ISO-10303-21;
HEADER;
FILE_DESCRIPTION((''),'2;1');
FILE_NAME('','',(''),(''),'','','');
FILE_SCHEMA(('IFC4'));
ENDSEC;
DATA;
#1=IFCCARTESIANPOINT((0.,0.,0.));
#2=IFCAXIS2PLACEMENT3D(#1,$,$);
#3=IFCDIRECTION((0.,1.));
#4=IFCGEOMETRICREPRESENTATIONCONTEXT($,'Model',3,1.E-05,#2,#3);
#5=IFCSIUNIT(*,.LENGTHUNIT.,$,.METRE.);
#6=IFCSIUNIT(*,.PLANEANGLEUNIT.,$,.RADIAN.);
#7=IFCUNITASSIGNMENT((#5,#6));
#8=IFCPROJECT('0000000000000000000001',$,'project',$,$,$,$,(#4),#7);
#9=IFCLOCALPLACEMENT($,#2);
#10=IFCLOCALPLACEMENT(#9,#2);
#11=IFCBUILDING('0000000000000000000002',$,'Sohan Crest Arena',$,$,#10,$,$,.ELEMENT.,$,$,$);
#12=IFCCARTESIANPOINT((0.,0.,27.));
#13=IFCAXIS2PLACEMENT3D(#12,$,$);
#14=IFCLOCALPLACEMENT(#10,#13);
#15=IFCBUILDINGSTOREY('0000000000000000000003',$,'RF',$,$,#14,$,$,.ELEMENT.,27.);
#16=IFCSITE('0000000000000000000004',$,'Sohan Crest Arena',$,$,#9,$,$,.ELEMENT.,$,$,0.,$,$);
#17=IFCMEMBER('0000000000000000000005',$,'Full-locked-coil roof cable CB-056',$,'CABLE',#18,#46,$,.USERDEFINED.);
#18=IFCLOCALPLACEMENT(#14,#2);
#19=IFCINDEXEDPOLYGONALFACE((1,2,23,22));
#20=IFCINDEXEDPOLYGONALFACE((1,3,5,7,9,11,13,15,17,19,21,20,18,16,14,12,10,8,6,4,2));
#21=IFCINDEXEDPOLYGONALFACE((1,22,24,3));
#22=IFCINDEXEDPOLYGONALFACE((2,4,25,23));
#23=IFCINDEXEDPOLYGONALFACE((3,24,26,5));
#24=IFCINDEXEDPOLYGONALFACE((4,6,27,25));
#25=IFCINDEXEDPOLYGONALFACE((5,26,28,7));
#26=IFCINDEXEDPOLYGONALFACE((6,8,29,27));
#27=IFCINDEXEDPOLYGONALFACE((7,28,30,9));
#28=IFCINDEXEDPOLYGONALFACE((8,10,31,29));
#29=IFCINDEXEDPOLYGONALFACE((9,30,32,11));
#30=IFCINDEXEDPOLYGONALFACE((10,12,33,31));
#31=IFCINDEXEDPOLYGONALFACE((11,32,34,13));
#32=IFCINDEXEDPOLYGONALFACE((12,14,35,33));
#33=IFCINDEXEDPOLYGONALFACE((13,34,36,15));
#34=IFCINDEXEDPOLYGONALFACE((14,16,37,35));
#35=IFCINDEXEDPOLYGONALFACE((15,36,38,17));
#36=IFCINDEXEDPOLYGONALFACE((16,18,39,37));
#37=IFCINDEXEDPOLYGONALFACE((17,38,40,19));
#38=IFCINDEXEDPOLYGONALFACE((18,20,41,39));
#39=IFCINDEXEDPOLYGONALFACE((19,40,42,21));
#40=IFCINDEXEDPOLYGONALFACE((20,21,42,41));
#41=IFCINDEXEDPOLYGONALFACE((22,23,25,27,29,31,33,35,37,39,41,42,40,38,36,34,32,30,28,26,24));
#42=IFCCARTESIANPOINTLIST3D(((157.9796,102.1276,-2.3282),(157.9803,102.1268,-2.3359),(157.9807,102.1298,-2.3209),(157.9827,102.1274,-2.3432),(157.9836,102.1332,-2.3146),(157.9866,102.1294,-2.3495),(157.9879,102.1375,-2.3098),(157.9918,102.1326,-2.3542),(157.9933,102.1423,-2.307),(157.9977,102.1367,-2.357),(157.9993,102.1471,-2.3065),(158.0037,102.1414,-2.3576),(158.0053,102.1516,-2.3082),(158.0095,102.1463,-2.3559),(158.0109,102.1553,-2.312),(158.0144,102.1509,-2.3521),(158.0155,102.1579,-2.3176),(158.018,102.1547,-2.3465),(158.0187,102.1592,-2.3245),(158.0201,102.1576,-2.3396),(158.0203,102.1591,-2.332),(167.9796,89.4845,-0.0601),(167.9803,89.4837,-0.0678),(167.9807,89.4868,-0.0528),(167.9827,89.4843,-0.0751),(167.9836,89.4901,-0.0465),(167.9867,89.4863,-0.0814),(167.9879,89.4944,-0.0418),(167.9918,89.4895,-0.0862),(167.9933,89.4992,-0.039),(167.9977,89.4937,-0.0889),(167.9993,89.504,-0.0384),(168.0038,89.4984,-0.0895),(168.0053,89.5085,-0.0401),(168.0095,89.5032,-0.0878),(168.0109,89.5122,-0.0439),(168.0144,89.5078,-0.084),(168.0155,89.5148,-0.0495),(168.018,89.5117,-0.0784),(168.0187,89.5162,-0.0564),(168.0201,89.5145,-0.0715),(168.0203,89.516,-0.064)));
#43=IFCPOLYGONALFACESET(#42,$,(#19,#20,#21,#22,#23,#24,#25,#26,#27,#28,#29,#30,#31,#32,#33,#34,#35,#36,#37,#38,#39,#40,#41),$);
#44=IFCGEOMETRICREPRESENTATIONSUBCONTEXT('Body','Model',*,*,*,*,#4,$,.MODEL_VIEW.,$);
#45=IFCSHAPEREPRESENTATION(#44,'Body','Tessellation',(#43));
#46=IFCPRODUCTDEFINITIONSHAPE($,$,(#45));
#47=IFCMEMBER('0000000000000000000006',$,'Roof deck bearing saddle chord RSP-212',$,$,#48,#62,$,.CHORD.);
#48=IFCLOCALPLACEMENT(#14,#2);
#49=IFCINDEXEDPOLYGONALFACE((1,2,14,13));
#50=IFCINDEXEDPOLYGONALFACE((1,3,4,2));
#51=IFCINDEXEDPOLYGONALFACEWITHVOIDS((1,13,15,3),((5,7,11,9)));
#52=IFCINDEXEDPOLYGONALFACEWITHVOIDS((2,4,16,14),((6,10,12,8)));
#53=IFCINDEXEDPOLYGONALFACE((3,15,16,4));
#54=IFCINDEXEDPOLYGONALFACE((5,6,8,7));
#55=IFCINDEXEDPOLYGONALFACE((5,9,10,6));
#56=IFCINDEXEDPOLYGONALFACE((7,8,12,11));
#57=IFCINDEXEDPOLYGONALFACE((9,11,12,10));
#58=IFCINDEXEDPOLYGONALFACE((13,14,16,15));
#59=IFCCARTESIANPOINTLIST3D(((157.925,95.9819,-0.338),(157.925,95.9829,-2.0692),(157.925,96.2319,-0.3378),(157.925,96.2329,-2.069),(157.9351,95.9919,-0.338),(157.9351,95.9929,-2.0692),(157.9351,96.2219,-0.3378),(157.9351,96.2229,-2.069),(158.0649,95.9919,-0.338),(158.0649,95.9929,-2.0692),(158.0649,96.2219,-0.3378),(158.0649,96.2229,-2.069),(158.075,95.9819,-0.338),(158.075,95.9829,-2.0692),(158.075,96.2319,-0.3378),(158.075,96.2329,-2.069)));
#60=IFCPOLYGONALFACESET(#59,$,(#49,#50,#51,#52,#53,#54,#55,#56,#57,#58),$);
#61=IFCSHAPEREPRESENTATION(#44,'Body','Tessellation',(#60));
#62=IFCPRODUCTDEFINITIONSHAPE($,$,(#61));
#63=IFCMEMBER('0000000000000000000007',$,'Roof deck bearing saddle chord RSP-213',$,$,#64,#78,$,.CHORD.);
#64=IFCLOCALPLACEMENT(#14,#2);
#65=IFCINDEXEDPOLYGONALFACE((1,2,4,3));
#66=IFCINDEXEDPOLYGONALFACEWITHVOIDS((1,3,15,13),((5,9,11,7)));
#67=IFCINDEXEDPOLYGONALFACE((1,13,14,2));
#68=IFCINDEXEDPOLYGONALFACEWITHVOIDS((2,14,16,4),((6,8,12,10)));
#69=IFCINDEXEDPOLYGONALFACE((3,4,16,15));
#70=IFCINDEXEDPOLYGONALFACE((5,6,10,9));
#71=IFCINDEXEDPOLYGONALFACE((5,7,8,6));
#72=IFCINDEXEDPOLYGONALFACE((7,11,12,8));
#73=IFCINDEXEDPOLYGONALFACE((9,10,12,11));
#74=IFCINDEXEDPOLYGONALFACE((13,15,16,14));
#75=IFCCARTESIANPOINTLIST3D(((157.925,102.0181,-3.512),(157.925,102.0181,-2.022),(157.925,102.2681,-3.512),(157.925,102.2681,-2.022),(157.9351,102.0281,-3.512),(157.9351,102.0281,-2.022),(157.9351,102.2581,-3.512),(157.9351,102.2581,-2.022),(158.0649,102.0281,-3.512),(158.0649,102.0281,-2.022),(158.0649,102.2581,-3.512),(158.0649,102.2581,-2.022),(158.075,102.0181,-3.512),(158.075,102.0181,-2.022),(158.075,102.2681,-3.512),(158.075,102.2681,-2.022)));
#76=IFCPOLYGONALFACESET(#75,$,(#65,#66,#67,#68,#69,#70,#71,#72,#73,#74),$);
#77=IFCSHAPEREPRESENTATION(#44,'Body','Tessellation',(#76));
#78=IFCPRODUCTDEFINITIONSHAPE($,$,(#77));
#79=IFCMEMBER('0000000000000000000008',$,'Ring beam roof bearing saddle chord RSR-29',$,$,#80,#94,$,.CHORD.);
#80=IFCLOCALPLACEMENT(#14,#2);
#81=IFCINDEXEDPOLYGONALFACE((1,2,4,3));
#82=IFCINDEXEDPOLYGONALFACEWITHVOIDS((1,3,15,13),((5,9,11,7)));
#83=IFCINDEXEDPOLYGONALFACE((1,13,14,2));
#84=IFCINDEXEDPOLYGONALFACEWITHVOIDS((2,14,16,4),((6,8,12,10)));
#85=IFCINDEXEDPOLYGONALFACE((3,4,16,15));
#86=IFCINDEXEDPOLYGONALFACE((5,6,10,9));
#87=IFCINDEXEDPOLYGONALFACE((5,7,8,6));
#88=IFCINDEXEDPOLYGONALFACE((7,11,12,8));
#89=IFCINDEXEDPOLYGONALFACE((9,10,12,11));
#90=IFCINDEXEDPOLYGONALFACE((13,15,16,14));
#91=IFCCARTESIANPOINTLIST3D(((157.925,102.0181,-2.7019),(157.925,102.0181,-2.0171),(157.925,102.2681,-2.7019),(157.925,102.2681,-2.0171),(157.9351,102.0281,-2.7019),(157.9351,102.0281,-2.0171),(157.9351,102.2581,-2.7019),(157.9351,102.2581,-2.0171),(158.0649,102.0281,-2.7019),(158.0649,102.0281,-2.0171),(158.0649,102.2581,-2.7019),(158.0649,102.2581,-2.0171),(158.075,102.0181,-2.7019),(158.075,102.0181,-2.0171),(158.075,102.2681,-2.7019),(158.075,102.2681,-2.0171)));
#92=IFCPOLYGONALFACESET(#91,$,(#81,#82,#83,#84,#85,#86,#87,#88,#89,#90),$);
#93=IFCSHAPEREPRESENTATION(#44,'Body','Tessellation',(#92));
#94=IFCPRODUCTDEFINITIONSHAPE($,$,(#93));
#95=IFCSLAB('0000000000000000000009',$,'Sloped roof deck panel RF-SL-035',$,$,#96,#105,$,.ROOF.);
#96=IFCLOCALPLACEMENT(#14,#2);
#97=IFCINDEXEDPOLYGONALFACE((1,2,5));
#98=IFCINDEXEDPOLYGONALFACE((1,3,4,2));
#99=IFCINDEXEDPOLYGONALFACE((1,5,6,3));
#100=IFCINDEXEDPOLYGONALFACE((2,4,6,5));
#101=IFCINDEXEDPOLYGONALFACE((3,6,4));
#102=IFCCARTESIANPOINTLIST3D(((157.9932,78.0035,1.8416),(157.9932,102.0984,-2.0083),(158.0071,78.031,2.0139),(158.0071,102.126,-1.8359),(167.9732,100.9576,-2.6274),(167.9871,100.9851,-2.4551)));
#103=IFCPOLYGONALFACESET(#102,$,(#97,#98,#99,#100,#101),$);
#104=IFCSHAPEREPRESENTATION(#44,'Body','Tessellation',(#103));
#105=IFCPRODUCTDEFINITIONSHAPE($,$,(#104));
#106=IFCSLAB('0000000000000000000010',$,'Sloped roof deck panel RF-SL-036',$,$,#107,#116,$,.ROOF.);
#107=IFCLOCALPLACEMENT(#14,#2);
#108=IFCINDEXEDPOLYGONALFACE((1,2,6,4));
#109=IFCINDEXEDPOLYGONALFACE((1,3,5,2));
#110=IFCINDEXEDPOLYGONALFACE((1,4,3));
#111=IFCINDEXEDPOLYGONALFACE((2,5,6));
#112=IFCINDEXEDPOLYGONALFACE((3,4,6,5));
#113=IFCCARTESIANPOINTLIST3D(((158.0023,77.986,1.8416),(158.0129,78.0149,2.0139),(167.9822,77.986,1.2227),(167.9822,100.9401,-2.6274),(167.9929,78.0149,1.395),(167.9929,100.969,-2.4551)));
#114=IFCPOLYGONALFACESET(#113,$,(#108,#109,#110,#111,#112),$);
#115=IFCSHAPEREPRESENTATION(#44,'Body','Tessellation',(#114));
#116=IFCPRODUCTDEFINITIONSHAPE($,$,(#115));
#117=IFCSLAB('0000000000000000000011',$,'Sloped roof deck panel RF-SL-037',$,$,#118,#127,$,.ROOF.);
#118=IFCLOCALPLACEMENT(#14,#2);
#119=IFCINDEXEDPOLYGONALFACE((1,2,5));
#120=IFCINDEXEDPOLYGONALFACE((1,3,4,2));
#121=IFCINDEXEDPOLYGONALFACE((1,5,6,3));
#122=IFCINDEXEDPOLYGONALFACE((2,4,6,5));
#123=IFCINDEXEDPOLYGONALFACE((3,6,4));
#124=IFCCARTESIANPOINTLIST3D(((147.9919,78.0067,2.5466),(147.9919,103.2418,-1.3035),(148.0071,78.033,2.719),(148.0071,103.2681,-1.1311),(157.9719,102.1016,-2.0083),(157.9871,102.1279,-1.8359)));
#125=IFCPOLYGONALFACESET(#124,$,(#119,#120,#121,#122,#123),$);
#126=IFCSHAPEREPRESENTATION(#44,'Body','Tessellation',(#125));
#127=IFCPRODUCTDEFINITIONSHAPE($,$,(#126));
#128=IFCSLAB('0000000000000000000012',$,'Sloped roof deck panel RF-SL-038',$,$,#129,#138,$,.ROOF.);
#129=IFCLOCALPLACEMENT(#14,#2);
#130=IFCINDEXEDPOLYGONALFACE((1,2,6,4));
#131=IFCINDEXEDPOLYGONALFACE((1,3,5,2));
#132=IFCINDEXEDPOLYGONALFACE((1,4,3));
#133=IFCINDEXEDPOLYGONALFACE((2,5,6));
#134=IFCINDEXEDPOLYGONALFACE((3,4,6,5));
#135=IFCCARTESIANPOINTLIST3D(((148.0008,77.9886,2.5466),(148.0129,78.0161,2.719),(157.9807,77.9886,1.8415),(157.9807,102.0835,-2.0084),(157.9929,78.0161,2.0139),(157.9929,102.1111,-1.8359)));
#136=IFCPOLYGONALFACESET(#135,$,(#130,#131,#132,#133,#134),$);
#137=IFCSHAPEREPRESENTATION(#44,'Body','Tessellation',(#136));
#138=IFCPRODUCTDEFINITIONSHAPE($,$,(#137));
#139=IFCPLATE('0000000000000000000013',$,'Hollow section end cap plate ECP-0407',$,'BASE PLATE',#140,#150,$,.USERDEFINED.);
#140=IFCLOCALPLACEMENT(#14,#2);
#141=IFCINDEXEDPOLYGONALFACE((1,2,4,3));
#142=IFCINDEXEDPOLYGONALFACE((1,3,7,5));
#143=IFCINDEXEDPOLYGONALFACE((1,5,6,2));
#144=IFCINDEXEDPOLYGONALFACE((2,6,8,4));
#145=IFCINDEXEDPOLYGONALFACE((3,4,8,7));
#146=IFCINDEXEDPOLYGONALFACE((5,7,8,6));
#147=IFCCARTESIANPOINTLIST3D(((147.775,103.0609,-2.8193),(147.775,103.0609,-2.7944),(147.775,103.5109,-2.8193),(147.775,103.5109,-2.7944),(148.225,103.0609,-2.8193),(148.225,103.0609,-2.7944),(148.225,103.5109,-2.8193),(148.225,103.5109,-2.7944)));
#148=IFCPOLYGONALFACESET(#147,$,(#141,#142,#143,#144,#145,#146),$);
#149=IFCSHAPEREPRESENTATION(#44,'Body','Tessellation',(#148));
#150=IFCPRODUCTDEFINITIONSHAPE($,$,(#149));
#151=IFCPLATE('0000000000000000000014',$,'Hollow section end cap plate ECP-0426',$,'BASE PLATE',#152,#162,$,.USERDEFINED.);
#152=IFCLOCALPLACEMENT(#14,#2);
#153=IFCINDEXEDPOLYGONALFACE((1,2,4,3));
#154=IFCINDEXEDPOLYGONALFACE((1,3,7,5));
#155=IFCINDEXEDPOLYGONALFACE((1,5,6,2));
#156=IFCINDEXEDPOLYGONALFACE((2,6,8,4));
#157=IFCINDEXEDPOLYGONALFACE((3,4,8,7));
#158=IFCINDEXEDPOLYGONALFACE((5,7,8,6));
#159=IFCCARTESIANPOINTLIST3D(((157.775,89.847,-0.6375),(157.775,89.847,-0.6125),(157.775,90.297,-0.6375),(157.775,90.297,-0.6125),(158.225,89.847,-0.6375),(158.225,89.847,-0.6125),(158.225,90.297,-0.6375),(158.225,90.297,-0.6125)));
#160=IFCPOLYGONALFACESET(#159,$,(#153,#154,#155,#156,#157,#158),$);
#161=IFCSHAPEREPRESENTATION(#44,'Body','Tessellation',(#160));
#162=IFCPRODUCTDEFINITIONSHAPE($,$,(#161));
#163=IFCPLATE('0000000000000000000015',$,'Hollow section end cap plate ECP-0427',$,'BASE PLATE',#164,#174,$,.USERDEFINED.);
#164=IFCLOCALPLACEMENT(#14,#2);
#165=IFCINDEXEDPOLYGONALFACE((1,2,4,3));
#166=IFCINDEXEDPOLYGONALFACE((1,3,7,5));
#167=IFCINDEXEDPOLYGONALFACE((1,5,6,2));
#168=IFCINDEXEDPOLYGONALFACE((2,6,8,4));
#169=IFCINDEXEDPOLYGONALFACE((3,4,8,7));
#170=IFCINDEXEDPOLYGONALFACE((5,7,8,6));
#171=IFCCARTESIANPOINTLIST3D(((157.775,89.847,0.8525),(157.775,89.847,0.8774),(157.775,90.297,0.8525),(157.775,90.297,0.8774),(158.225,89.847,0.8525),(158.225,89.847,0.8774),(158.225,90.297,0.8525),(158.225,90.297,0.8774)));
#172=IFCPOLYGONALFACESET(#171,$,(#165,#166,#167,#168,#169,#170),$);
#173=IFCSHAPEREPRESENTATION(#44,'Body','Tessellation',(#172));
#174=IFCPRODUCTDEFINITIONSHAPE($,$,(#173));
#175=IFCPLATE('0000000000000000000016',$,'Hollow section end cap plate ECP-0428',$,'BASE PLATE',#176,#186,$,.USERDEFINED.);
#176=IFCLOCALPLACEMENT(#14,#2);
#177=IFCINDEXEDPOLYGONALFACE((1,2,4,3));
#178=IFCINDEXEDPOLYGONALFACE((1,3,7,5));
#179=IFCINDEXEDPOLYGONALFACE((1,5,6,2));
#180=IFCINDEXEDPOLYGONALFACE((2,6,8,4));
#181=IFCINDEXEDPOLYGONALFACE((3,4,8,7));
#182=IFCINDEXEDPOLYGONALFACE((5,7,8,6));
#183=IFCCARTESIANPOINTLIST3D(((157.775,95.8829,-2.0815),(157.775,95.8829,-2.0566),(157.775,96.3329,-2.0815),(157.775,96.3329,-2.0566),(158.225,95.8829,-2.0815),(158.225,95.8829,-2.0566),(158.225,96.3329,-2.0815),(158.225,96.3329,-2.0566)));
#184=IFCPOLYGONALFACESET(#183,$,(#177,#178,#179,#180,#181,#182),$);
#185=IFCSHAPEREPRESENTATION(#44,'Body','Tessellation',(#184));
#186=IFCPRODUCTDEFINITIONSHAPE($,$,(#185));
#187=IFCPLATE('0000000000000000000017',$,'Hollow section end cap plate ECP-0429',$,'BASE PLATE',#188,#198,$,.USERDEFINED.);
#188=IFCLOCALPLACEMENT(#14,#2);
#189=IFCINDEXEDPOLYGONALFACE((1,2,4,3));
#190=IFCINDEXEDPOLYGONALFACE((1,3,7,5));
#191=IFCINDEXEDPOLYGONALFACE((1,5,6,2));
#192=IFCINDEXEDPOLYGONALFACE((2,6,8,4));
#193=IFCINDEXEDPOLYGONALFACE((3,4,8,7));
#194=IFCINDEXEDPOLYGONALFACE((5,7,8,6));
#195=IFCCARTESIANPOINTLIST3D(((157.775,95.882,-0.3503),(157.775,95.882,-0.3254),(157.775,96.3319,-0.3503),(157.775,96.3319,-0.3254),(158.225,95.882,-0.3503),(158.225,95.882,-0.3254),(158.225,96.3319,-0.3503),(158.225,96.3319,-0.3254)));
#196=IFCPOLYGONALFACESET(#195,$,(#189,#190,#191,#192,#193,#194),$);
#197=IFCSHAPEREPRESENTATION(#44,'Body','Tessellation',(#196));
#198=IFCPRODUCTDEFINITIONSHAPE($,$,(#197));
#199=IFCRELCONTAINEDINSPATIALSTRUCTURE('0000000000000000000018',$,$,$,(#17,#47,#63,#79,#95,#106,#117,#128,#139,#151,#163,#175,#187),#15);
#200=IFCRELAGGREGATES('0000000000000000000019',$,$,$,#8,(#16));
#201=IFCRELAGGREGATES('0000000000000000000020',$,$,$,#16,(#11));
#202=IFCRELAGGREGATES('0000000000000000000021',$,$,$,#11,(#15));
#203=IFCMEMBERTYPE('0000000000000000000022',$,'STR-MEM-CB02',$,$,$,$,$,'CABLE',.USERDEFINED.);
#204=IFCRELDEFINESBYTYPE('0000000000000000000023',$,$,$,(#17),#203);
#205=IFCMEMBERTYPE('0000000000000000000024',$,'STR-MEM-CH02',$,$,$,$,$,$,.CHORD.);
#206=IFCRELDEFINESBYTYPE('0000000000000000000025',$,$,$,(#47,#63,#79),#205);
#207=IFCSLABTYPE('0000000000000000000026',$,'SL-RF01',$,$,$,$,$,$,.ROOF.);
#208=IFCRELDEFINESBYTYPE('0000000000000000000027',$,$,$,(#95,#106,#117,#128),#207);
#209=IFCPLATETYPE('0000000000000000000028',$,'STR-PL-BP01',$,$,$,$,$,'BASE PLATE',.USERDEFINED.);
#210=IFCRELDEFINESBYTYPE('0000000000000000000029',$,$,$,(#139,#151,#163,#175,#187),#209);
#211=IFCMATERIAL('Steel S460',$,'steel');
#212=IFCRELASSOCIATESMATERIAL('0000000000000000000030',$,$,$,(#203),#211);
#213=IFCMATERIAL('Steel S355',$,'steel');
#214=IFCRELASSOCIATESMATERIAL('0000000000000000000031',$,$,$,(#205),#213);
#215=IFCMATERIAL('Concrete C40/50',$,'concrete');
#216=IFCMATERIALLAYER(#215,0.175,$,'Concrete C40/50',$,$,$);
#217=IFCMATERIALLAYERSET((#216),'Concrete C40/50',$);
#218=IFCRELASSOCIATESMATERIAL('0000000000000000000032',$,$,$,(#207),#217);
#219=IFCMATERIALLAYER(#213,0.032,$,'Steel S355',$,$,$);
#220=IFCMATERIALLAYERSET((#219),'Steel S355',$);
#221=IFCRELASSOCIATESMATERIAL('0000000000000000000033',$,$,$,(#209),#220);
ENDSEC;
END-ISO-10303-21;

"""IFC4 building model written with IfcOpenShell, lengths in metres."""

from ifc_helpers import new_model, si_unit, direction, frame, origin, origin_2d, place, context, subcontext, project, spatial, polyline, rectangle, hollow_rectangle, circle, outline, extrude, material, layer, layer_set, material_profile, profile_set, type_object, element, save


model = new_model("IFC4")

# Units and contexts
model_context = context("Model", 3, precision=1e-05, world=origin(), true_north=direction((0.0, 1.0)))
body_context = subcontext(model_context, "Body", "Model", "MODEL_VIEW")
ifc_project = project(units=[si_unit("LENGTHUNIT", "METRE"), si_unit("PLANEANGLEUNIT", "RADIAN")], contexts=[model_context])

# Site, building, storey
site_placement = place(None, origin())
site = spatial("IfcSite", under=ifc_project, at=site_placement, Name="Sohan Crest Arena", CompositionType="ELEMENT", RefElevation=0.0)
building_placement = place(site_placement, origin())
building = spatial("IfcBuilding", under=site, at=building_placement, Name="Sohan Crest Arena", CompositionType="ELEMENT")
storey_placement = place(building_placement, frame((0.0, 0.0, 27.0)))
storey = spatial("IfcBuildingStorey", under=building, at=storey_placement, Name="RF", CompositionType="ELEMENT", Elevation=27.0)

# Shared definitions
ifc_material_1 = material(Name="Steel S355", Category="steel")

# Members
ifc_material_2 = material(Name="Steel S460", Category="steel")
ifc_material_profile_1 = material_profile(ifc_material_2, circle(Radius=0.0259, at=origin_2d()), Name="FLC D52")
ifc_profile_set_1 = profile_set([ifc_material_profile_1], Name="Steel S460")
member_type_1 = type_object("IfcMemberType", Name="STR-MEM-CB02", ElementType="CABLE", PredefinedType="USERDEFINED", material=ifc_profile_set_1)
member_1_placement = place(storey_placement, frame((158.0, 102.1431, -2.332), z_axis=(0.614305, -0.77667, 0.139329), x_axis=(0.78432, 0.620356, 0.0)))
element("IfcMember", 1, at=member_1_placement, inside=storey, type_object=member_type_1, Name="Full-locked-coil roof cable CB-056", ObjectType="CABLE", PredefinedType="USERDEFINED", context=body_context, shape_type="SweptSolid", body=[
    extrude(circle(Radius=0.0259, at=origin_2d()), origin(), (0.0, 0.0, 1.0), 16.2786),
])
ifc_material_profile_2 = material_profile(ifc_material_1, hollow_rectangle(XDim=0.1499, YDim=0.25, WallThickness=0.01, at=origin_2d()), Name="RHS 250x150x10")
ifc_profile_set_2 = profile_set([ifc_material_profile_2], Name="Steel S355")
member_type_2 = type_object("IfcMemberType", Name="STR-MEM-CH02", PredefinedType="CHORD", material=ifc_profile_set_2)
member_2_placement = place(storey_placement, frame((158.0, 96.1079, -2.0691), z_axis=(0.0, -0.000564, 1.0), x_axis=(1.0, 0.0, 0.0)))
element("IfcMember", 2, at=member_2_placement, inside=storey, type_object=member_type_2, Name="Roof deck bearing saddle chord RSP-212", PredefinedType="CHORD", context=body_context, shape_type="SweptSolid", body=[
    extrude(hollow_rectangle(XDim=0.1499, YDim=0.25, WallThickness=0.01, at=origin_2d()), origin(), (0.0, 0.0, 1.0), 1.7312),
])
member_3_placement = place(storey_placement, frame((158.0, 102.1431, -3.512), z_axis=(0.0, 0.0, 1.0), x_axis=(1.0, 0.0, 0.0)))
element("IfcMember", 3, at=member_3_placement, inside=storey, type_object=member_type_2, Name="Roof deck bearing saddle chord RSP-213", PredefinedType="CHORD", context=body_context, shape_type="SweptSolid", body=[
    extrude(hollow_rectangle(XDim=0.1499, YDim=0.25, WallThickness=0.01, at=origin_2d()), origin(), (0.0, 0.0, 1.0), 1.49),
])
member_4_placement = place(storey_placement, frame((158.0, 102.1431, -2.7019), z_axis=(0.0, 0.0, 1.0), x_axis=(1.0, 0.0, 0.0)))
element("IfcMember", 4, at=member_4_placement, inside=storey, type_object=member_type_2, Name="Ring beam roof bearing saddle chord RSR-29", PredefinedType="CHORD", context=body_context, shape_type="SweptSolid", body=[
    extrude(hollow_rectangle(XDim=0.1499, YDim=0.25, WallThickness=0.01, at=origin_2d()), origin(), (0.0, 0.0, 1.0), 0.6848),
])

# Slabs
ifc_material_3 = material(Name="Concrete C40/50", Category="concrete")
ifc_layer_1 = layer(ifc_material_3, 0.175, Name="Concrete C40/50")
ifc_layer_set_1 = layer_set([ifc_layer_1], Name="Concrete C40/50")
slab_type = type_object("IfcSlabType", Name="SL-RF01", PredefinedType="ROOF", material=ifc_layer_set_1)
slab_1_placement = place(storey_placement, frame((167.9871, 100.9851, -2.4551), z_axis=(0.079049, 0.157283, 0.984385), x_axis=(-0.991647, 0.113361, 0.06152)))
element("IfcSlab", 5, at=slab_1_placement, inside=storey, type_object=slab_type, Name="Sloped roof deck panel RF-SL-035", PredefinedType="ROOF", context=body_context, shape_type="SweptSolid", body=[
    extrude(outline(polyline([(0.0, 0.0), (10.064, 0.0), (7.5695, 24.2727), (0.0, 0.0)])), origin(), (0.0, 0.0, -1.0), 0.175),
])
slab_2_placement = place(storey_placement, frame((167.9929, 100.969, -2.4551), z_axis=(0.061045, 0.165111, 0.984384), x_axis=(-0.392517, -0.902794, 0.175767)))
element("IfcSlab", 6, at=slab_2_placement, inside=storey, type_object=slab_type, Name="Sloped roof deck panel RF-SL-036", PredefinedType="ROOF", context=body_context, shape_type="SweptSolid", body=[
    extrude(outline(polyline([(0.0, 0.0), (25.4256, 0.0), (21.3995, 9.1528), (0.0, 0.0)])), origin(), (0.0, 0.0, -1.0), 0.175),
])
slab_3_placement = place(storey_placement, frame((157.9871, 102.1279, -1.8359), z_axis=(0.086719, 0.150256, 0.984837), x_axis=(-0.991101, 0.113226, 0.069996)))
element("IfcSlab", 7, at=slab_3_placement, inside=storey, type_object=slab_type, Name="Sloped roof deck panel RF-SL-037", PredefinedType="ROOF", context=body_context, shape_type="SweptSolid", body=[
    extrude(outline(polyline([(0.0, 0.0), (10.0696, 0.0), (7.4818, 25.3956), (0.0, 0.0)])), origin(), (0.0, 0.0, -1.0), 0.175),
])
slab_4_placement = place(storey_placement, frame((157.9929, 102.1111, -1.8359), z_axis=(0.069595, 0.157394, 0.98508), x_axis=(-0.376962, -0.91011, 0.172048)))
element("IfcSlab", 8, at=slab_4_placement, inside=storey, type_object=slab_type, Name="Sloped roof deck panel RF-SL-038", PredefinedType="ROOF", context=body_context, shape_type="SweptSolid", body=[
    extrude(outline(polyline([(0.0, 0.0), (26.4748, 0.0), (22.5914, 9.2204), (0.0, 0.0)])), origin(), (0.0, 0.0, -1.0), 0.175),
])

# Plates
ifc_layer_2 = layer(ifc_material_1, 0.032, Name="Steel S355")
ifc_layer_set_2 = layer_set([ifc_layer_2], Name="Steel S355")
plate_type_1 = type_object("IfcPlateType", Name="STR-PL-BP01", ElementType="BASE PLATE", PredefinedType="USERDEFINED", material=ifc_layer_set_2)
for number, where, z_axis, x_axis, name in (
    (9, (148.0, 103.2859, -2.8193), (0.0, 0.0, 1.0), (1.0, 0.0, 0.0), "Hollow section end cap plate ECP-0407"),
    (10, (158.0, 90.072, -0.6375), (0.0, 0.0, 1.0), (1.0, 0.0, 0.0), "Hollow section end cap plate ECP-0426"),
    (11, (158.0, 90.072, 0.8525), (0.0, 0.0, 1.0), (1.0, 0.0, 0.0), "Hollow section end cap plate ECP-0427"),
    (12, (158.0, 96.1079, -2.0815), (0.0, 0.0, 1.0), (1.0, 0.0, 0.0), "Hollow section end cap plate ECP-0428"),
    (13, (158.0, 96.1069, -0.3503), (0.0, 0.0, 1.0), (1.0, 0.0, 0.0), "Hollow section end cap plate ECP-0429"),
):
    element("IfcPlate", number, at=place(storey_placement, frame(where, z_axis=z_axis, x_axis=x_axis)), inside=storey, type_object=plate_type_1, Name=name, ObjectType="BASE PLATE", PredefinedType="USERDEFINED", context=body_context, shape_type="SweptSolid", body=[
        extrude(rectangle(XDim=0.45, YDim=0.45, at=origin_2d()), origin(), (0.0, 0.0, 1.0), 0.0249),
    ])

save(model, "model.ifc")
